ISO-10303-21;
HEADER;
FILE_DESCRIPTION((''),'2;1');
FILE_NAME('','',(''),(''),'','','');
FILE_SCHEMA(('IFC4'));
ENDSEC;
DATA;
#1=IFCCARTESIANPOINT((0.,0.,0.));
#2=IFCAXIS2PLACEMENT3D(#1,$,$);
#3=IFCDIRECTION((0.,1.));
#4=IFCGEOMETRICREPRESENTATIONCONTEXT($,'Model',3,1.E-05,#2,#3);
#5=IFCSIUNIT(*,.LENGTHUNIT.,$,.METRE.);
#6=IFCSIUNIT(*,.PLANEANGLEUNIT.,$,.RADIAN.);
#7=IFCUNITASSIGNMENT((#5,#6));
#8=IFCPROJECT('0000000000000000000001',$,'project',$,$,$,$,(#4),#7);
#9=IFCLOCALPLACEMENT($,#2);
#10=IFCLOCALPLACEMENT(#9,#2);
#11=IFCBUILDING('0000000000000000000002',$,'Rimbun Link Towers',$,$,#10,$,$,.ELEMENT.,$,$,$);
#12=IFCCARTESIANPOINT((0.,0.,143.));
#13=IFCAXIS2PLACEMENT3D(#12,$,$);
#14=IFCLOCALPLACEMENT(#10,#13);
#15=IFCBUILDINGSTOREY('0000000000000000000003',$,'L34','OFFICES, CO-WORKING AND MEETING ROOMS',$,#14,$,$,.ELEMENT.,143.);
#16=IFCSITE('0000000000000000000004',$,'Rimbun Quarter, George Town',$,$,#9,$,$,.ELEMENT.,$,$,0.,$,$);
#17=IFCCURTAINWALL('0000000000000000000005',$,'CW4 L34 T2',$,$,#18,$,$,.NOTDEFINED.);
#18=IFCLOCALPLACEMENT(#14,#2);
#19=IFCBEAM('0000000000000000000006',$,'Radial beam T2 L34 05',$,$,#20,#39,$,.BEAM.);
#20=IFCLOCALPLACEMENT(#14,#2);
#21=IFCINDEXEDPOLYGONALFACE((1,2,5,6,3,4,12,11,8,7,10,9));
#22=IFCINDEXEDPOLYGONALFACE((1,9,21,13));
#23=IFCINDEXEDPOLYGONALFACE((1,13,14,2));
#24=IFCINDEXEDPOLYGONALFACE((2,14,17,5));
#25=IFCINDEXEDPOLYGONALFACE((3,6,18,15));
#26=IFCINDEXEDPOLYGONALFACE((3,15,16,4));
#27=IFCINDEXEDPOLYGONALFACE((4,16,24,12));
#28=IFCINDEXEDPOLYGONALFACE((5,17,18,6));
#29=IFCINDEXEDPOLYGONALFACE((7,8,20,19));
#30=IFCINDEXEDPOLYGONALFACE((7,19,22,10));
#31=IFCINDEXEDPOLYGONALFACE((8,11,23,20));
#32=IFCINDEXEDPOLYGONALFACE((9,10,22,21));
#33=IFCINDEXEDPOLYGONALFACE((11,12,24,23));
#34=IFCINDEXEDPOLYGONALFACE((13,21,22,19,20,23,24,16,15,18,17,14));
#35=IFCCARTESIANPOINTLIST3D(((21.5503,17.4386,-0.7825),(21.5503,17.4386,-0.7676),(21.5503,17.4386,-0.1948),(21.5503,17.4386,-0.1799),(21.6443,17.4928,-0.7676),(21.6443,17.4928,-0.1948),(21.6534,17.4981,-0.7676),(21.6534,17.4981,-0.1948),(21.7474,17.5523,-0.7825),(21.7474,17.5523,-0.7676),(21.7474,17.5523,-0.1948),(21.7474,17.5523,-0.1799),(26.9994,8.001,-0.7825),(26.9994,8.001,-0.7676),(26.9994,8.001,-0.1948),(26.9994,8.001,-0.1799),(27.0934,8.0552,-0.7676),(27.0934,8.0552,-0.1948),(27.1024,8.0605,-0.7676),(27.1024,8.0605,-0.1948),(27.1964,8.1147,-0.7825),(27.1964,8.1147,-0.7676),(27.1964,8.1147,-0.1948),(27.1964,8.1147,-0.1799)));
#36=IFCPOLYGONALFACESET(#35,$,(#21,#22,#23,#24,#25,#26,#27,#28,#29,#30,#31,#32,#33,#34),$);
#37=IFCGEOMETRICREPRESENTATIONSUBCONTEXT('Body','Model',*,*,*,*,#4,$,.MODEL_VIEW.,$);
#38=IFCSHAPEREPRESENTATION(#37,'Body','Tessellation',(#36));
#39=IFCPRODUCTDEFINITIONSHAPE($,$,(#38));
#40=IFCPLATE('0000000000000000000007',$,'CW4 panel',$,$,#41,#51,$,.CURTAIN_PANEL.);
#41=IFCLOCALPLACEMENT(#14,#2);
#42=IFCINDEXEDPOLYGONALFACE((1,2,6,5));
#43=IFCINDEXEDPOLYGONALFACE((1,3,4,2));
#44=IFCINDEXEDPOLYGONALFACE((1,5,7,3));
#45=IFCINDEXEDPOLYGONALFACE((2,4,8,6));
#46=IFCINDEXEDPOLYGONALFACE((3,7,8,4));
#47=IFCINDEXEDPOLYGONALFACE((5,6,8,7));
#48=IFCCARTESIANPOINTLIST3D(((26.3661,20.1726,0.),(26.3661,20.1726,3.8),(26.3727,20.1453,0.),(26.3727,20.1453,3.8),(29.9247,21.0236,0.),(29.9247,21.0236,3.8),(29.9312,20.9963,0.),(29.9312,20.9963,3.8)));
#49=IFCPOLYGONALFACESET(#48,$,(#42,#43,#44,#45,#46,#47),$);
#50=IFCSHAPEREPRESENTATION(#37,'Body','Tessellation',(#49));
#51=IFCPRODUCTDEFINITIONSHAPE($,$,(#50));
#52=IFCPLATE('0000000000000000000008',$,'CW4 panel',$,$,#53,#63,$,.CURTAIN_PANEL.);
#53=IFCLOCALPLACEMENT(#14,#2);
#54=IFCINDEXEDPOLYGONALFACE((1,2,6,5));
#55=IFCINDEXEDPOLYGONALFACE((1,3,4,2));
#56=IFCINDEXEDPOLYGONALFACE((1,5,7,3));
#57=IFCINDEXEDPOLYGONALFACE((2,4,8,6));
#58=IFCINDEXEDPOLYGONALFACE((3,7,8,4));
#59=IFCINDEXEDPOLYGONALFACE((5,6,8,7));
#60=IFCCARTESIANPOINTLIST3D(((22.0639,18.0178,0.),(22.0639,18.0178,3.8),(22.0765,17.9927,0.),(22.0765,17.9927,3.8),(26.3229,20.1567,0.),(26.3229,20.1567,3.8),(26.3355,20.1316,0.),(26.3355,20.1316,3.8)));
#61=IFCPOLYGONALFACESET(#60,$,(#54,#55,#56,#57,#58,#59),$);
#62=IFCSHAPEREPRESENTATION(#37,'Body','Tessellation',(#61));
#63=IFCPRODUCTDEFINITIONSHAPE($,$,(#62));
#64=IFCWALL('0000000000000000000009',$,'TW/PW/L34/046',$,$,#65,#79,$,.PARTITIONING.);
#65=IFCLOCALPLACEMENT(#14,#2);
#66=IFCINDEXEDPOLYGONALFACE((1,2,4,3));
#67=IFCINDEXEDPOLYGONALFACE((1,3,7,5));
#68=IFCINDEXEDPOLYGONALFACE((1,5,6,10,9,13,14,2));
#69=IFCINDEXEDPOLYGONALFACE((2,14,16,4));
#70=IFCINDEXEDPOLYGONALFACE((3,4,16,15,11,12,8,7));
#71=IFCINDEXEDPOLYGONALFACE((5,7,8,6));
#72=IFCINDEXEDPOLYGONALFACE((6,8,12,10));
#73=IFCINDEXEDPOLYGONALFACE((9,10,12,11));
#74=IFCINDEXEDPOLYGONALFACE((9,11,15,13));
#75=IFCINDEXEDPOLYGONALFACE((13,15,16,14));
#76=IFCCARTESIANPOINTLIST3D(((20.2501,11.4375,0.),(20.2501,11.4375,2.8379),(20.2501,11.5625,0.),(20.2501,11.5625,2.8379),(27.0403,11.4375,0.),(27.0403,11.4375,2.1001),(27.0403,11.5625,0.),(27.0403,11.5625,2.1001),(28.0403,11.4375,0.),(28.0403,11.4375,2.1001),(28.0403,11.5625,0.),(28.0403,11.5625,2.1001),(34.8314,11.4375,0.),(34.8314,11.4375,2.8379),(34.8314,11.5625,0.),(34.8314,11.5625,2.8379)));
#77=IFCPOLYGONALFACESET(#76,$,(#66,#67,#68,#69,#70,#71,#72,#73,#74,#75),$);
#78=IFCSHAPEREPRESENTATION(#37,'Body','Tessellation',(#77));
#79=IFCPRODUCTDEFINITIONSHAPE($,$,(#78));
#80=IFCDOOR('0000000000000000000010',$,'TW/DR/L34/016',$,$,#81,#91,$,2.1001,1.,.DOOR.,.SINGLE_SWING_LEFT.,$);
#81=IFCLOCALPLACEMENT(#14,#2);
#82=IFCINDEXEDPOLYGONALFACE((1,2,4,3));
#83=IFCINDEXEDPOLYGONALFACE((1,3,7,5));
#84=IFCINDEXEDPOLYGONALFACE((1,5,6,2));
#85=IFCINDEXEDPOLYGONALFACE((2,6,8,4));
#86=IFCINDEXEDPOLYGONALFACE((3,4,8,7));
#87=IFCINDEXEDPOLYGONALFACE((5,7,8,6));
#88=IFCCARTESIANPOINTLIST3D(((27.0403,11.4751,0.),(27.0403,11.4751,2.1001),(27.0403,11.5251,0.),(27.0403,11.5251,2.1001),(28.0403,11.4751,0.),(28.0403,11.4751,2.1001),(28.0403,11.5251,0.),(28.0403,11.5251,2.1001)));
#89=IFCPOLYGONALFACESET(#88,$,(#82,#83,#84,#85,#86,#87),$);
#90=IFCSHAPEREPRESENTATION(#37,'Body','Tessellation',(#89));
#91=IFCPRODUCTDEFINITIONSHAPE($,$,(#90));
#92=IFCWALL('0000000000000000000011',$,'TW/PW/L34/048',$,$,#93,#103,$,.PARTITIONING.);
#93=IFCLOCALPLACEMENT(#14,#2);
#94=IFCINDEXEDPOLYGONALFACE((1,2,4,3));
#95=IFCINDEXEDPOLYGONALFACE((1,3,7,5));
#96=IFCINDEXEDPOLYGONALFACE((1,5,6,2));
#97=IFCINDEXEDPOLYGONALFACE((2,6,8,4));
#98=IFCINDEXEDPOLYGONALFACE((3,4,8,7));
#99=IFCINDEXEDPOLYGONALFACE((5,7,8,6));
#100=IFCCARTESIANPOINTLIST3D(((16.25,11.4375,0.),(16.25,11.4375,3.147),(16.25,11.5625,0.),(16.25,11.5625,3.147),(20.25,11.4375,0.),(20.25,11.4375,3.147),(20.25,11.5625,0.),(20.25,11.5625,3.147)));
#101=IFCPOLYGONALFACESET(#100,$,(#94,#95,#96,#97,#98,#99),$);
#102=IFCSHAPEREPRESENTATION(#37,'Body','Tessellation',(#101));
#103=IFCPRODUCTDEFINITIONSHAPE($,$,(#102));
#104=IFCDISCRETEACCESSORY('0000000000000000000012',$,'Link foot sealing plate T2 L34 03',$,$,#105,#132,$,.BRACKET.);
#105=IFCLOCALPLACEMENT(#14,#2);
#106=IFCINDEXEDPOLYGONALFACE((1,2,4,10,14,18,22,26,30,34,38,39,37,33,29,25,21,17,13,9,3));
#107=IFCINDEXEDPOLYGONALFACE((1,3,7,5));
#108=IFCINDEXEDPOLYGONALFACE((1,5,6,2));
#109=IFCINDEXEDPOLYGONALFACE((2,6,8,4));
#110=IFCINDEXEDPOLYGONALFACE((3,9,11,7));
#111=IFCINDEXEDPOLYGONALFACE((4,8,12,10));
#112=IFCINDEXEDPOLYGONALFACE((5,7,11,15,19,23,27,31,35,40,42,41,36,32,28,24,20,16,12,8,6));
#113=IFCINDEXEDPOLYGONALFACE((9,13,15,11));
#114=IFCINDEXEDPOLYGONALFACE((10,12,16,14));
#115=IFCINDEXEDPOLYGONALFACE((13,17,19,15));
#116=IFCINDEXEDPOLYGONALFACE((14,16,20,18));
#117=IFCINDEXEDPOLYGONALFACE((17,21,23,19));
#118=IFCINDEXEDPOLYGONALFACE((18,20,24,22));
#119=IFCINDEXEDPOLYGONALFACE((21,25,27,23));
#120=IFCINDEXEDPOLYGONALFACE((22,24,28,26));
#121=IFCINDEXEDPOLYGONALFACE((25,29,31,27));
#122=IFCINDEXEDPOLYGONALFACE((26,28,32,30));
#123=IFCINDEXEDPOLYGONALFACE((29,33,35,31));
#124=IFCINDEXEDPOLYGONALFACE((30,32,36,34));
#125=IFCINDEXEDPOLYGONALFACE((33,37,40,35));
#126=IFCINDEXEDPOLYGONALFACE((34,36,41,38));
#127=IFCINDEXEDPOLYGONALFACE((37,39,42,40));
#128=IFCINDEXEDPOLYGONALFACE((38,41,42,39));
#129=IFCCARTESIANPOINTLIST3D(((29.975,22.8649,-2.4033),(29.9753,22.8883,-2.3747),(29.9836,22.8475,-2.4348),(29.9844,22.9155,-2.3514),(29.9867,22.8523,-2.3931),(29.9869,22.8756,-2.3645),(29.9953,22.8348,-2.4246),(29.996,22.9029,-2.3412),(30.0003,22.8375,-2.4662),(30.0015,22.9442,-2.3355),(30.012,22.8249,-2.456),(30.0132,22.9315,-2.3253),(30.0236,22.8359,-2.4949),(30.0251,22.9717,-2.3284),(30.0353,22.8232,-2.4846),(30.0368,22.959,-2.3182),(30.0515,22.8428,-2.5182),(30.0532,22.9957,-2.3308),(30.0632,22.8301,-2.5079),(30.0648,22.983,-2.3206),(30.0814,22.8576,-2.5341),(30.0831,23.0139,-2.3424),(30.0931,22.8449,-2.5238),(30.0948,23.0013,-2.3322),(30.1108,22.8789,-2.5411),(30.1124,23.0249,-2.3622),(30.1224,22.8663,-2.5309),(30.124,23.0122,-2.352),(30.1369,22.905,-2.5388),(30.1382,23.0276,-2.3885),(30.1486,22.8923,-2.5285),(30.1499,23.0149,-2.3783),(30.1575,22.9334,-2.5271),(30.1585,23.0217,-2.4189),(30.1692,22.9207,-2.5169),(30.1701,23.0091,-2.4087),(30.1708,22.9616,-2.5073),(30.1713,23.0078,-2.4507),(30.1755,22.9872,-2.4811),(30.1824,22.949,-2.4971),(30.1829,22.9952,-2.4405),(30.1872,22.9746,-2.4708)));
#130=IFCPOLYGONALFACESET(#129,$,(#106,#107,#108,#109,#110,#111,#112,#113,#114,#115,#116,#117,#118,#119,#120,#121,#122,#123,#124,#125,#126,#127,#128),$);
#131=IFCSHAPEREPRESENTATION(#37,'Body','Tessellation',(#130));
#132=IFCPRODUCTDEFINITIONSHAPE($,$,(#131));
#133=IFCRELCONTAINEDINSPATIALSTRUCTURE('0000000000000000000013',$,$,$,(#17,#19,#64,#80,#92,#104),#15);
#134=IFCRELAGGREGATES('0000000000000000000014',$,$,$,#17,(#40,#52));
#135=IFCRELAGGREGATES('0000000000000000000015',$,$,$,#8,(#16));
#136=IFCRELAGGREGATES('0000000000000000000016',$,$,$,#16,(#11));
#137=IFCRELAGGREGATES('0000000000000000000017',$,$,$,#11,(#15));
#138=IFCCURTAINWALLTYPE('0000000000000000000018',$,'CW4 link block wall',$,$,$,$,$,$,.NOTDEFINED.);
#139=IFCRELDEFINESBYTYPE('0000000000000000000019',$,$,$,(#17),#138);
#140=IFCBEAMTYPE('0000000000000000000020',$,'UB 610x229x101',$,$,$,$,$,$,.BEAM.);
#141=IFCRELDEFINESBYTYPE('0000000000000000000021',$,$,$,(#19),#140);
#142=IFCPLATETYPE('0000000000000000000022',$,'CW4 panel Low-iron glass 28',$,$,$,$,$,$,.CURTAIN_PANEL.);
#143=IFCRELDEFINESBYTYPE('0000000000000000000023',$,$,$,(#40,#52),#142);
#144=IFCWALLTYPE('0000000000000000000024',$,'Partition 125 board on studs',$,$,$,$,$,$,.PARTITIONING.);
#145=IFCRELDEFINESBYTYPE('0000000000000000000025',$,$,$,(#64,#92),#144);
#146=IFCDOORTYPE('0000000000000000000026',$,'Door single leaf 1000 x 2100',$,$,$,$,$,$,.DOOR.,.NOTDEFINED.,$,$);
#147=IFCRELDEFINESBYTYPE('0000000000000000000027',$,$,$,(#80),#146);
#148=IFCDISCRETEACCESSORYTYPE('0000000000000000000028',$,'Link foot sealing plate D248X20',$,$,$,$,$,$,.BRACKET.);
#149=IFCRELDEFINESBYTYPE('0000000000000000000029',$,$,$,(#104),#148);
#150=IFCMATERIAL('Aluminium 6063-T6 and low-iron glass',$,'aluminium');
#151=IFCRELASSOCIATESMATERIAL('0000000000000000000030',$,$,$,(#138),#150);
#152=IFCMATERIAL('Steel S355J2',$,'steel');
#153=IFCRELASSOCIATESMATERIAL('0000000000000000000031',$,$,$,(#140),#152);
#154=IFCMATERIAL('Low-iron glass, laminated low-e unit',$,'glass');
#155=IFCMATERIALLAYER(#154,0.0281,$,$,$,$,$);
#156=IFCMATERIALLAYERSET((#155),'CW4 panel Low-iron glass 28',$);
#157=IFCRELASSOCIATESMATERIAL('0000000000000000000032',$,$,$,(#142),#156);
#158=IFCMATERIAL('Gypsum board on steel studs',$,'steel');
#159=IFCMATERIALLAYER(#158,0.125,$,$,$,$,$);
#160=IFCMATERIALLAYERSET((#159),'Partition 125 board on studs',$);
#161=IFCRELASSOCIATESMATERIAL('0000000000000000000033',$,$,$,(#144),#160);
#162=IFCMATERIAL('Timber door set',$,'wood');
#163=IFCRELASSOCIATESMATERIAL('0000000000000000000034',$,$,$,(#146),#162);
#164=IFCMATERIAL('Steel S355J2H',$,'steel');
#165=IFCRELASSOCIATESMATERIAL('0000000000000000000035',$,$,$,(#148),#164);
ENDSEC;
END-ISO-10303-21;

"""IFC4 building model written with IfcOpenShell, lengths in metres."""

from ifc_helpers import new_model, si_unit, direction, frame, frame_2d, origin, origin_2d, place, context, subcontext, project, spatial, rectangle, circle, i_section, extrude, material, layer, layer_set, material_profile, profile_set, type_object, element, fill, aggregate, save


model = new_model("IFC4")

# Units and contexts
model_context = context("Model", 3, precision=1e-05, world=origin(), true_north=direction((0.0, 1.0)))
body_context = subcontext(model_context, "Body", "Model", "MODEL_VIEW")
ifc_project = project(units=[si_unit("LENGTHUNIT", "METRE"), si_unit("PLANEANGLEUNIT", "RADIAN")], contexts=[model_context])

# Site, building, storey
site_placement = place(None, origin())
site = spatial("IfcSite", under=ifc_project, at=site_placement, Name="Rimbun Quarter, George Town", CompositionType="ELEMENT", RefElevation=0.0)
building_placement = place(site_placement, origin())
building = spatial("IfcBuilding", under=site, at=building_placement, Name="Rimbun Link Towers", CompositionType="ELEMENT")
storey_placement = place(building_placement, frame((0.0, 0.0, 143.0)))
storey = spatial("IfcBuildingStorey", under=building, at=storey_placement, Name="L34", Description="OFFICES, CO-WORKING AND MEETING ROOMS", CompositionType="ELEMENT", Elevation=143.0)

# Curtain wall
ifc_material_1 = material(Name="Aluminium 6063-T6 and low-iron glass", Category="aluminium")
curtain_wall_type = type_object("IfcCurtainWallType", Name="CW4 link block wall", PredefinedType="NOTDEFINED", material=ifc_material_1)
curtain_wall_placement = place(storey_placement, origin())
curtain_wall = element("IfcCurtainWall", 1, at=curtain_wall_placement, inside=storey, type_object=curtain_wall_type, Name="CW4 L34 T2", PredefinedType="NOTDEFINED")

# Beam
ifc_material_2 = material(Name="Steel S355J2", Category="steel")
ifc_material_profile_1 = material_profile(ifc_material_2, i_section(OverallWidth=0.2275, OverallDepth=0.6025, WebThickness=0.0105, FlangeThickness=0.0149, at=origin_2d()), Name="UB 610x229x101")
ifc_profile_set_1 = profile_set([ifc_material_profile_1], Name="Steel S355J2")
beam_type_1 = type_object("IfcBeamType", Name="UB 610x229x101", PredefinedType="BEAM", material=ifc_profile_set_1)
beam_1_placement = place(storey_placement, frame((27.0979, 8.0579, -0.4812), z_axis=(-0.500016, 0.866016, 0.0), x_axis=(-0.866016, -0.500016, 0.0)))
element("IfcBeam", 2, at=beam_1_placement, inside=storey, type_object=beam_type_1, Name="Radial beam T2 L34 05", PredefinedType="BEAM", context=body_context, shape_type="SweptSolid", body=[
    extrude(i_section(OverallWidth=0.2275, OverallDepth=0.6025, WebThickness=0.0105, FlangeThickness=0.0149, at=origin_2d()), origin(), (0.0, 0.0, 1.0), 10.8977),
])

# Plates
ifc_material_3 = material(Name="Low-iron glass, laminated low-e unit", Category="glass")
ifc_layer_1 = layer(ifc_material_3, 0.0281)
ifc_layer_set_1 = layer_set([ifc_layer_1], Name="CW4 panel Low-iron glass 28")
plate_type = type_object("IfcPlateType", Name="CW4 panel Low-iron glass 28", PredefinedType="CURTAIN_PANEL", material=ifc_layer_set_1)
plate_1_placement = place(storey_placement, frame((28.1487, 20.5845, 0.0), z_axis=(0.0, 0.0, 1.0), x_axis=(0.972575, 0.232588, 0.0)))
plate_1 = element("IfcPlate", 3, at=plate_1_placement, type_object=plate_type, Name="CW4 panel", PredefinedType="CURTAIN_PANEL", context=body_context, shape_type="SweptSolid", body=[
    extrude(rectangle(XDim=3.6589, YDim=0.0281, at=origin_2d()), origin(), (0.0, 0.0, 1.0), 3.8),
])
plate_2_placement = place(storey_placement, frame((24.1997, 19.0747, 0.0), z_axis=(0.0, 0.0, 1.0), x_axis=(0.893641, 0.448782, 0.0)))
plate_2 = element("IfcPlate", 4, at=plate_2_placement, type_object=plate_type, Name="CW4 panel", PredefinedType="CURTAIN_PANEL", context=body_context, shape_type="SweptSolid", body=[
    extrude(rectangle(XDim=4.7659, YDim=0.0281, at=origin_2d()), origin(), (0.0, 0.0, 1.0), 3.8),
])
aggregate(curtain_wall, [plate_1, plate_2])

# Wall, opening, door
ifc_material_4 = material(Name="Gypsum board on steel studs", Category="steel")
ifc_layer_2 = layer(ifc_material_4, 0.125)
ifc_layer_set_2 = layer_set([ifc_layer_2], Name="Partition 125 board on studs")
wall_type = type_object("IfcWallType", Name="Partition 125 board on studs", PredefinedType="PARTITIONING", material=ifc_layer_set_2)
wall_1_placement = place(storey_placement, frame((34.8313, 11.5, 0.0), z_axis=(0.0, 0.0, 1.0), x_axis=(-1.0, 0.0, 0.0)))
wall_1 = element("IfcWall", 5, at=wall_1_placement, inside=storey, type_object=wall_type, Name="TW/PW/L34/046", PredefinedType="PARTITIONING", context=body_context, shape_type="SweptSolid", body=[
    extrude(rectangle(XDim=14.5813, YDim=0.125, at=frame_2d((7.2905, 0.0))), origin(), (0.0, 0.0, 1.0), 2.8379),
])
opening_placement = place(wall_1_placement, frame((6.791, 0.0, 0.0)))
opening = element("IfcOpeningElement", 6, at=opening_placement, cuts=wall_1, PredefinedType="OPENING", context=body_context, shape_type="SweptSolid", body=[
    extrude(rectangle(XDim=1.0, YDim=2.1001, at=frame_2d((0.5, 1.05))), frame((0.0, 0.0725, 0.0), z_axis=(0.0, -1.0, 0.0), x_axis=(1.0, 0.0, 0.0)), (0.0, 0.0, 1.0), 0.145),
])
ifc_material_5 = material(Name="Timber door set", Category="wood")
door_type = type_object("IfcDoorType", Name="Door single leaf 1000 x 2100", OperationType="NOTDEFINED", PredefinedType="DOOR", material=ifc_material_5)
door_placement = place(opening_placement, origin())
door = element("IfcDoor", 7, at=door_placement, inside=storey, type_object=door_type, Name="TW/DR/L34/016", OperationType="SINGLE_SWING_LEFT", OverallHeight=2.1001, OverallWidth=1.0, PredefinedType="DOOR", context=body_context, shape_type="SweptSolid", body=[
    extrude(rectangle(XDim=1.0, YDim=2.1001, at=frame_2d((0.5, 1.05))), frame((0.0, 0.0249, 0.0), z_axis=(0.0, -1.0, 0.0), x_axis=(1.0, 0.0, 0.0)), (0.0, 0.0, 1.0), 0.05),
])
fill(opening, door)

# Wall
wall_2_placement = place(storey_placement, frame((20.25, 11.5, 0.0), z_axis=(0.0, 0.0, 1.0), x_axis=(-1.0, 0.0, 0.0)))
element("IfcWall", 8, at=wall_2_placement, inside=storey, type_object=wall_type, Name="TW/PW/L34/048", PredefinedType="PARTITIONING", context=body_context, shape_type="SweptSolid", body=[
    extrude(rectangle(XDim=4.0, YDim=0.125, at=frame_2d((2.0, 0.0))), origin(), (0.0, 0.0, 1.0), 3.147),
])

# Discrete accessory
ifc_material_6 = material(Name="Steel S355J2H", Category="steel")
ifc_material_profile_2 = material_profile(ifc_material_6, circle(Radius=0.124, at=origin_2d()), Name="PL D248")
ifc_profile_set_2 = profile_set([ifc_material_profile_2], Name="Steel S355J2H")
discrete_accessory_type = type_object("IfcDiscreteAccessoryType", Name="Link foot sealing plate D248X20", PredefinedType="BRACKET", material=ifc_profile_set_2)
discrete_accessory_placement = place(storey_placement, frame((30.0864, 22.9189, -2.4246), z_axis=(-0.583288, 0.631895, -0.510377), x_axis=(-0.734803, -0.67828, 0.0)))
element("IfcDiscreteAccessory", 9, at=discrete_accessory_placement, inside=storey, type_object=discrete_accessory_type, Name="Link foot sealing plate T2 L34 03", PredefinedType="BRACKET", context=body_context, shape_type="SweptSolid", body=[
    extrude(circle(Radius=0.124, at=origin_2d()), origin(), (0.0, 0.0, 1.0), 0.02),
])

save(model, "model.ifc")
